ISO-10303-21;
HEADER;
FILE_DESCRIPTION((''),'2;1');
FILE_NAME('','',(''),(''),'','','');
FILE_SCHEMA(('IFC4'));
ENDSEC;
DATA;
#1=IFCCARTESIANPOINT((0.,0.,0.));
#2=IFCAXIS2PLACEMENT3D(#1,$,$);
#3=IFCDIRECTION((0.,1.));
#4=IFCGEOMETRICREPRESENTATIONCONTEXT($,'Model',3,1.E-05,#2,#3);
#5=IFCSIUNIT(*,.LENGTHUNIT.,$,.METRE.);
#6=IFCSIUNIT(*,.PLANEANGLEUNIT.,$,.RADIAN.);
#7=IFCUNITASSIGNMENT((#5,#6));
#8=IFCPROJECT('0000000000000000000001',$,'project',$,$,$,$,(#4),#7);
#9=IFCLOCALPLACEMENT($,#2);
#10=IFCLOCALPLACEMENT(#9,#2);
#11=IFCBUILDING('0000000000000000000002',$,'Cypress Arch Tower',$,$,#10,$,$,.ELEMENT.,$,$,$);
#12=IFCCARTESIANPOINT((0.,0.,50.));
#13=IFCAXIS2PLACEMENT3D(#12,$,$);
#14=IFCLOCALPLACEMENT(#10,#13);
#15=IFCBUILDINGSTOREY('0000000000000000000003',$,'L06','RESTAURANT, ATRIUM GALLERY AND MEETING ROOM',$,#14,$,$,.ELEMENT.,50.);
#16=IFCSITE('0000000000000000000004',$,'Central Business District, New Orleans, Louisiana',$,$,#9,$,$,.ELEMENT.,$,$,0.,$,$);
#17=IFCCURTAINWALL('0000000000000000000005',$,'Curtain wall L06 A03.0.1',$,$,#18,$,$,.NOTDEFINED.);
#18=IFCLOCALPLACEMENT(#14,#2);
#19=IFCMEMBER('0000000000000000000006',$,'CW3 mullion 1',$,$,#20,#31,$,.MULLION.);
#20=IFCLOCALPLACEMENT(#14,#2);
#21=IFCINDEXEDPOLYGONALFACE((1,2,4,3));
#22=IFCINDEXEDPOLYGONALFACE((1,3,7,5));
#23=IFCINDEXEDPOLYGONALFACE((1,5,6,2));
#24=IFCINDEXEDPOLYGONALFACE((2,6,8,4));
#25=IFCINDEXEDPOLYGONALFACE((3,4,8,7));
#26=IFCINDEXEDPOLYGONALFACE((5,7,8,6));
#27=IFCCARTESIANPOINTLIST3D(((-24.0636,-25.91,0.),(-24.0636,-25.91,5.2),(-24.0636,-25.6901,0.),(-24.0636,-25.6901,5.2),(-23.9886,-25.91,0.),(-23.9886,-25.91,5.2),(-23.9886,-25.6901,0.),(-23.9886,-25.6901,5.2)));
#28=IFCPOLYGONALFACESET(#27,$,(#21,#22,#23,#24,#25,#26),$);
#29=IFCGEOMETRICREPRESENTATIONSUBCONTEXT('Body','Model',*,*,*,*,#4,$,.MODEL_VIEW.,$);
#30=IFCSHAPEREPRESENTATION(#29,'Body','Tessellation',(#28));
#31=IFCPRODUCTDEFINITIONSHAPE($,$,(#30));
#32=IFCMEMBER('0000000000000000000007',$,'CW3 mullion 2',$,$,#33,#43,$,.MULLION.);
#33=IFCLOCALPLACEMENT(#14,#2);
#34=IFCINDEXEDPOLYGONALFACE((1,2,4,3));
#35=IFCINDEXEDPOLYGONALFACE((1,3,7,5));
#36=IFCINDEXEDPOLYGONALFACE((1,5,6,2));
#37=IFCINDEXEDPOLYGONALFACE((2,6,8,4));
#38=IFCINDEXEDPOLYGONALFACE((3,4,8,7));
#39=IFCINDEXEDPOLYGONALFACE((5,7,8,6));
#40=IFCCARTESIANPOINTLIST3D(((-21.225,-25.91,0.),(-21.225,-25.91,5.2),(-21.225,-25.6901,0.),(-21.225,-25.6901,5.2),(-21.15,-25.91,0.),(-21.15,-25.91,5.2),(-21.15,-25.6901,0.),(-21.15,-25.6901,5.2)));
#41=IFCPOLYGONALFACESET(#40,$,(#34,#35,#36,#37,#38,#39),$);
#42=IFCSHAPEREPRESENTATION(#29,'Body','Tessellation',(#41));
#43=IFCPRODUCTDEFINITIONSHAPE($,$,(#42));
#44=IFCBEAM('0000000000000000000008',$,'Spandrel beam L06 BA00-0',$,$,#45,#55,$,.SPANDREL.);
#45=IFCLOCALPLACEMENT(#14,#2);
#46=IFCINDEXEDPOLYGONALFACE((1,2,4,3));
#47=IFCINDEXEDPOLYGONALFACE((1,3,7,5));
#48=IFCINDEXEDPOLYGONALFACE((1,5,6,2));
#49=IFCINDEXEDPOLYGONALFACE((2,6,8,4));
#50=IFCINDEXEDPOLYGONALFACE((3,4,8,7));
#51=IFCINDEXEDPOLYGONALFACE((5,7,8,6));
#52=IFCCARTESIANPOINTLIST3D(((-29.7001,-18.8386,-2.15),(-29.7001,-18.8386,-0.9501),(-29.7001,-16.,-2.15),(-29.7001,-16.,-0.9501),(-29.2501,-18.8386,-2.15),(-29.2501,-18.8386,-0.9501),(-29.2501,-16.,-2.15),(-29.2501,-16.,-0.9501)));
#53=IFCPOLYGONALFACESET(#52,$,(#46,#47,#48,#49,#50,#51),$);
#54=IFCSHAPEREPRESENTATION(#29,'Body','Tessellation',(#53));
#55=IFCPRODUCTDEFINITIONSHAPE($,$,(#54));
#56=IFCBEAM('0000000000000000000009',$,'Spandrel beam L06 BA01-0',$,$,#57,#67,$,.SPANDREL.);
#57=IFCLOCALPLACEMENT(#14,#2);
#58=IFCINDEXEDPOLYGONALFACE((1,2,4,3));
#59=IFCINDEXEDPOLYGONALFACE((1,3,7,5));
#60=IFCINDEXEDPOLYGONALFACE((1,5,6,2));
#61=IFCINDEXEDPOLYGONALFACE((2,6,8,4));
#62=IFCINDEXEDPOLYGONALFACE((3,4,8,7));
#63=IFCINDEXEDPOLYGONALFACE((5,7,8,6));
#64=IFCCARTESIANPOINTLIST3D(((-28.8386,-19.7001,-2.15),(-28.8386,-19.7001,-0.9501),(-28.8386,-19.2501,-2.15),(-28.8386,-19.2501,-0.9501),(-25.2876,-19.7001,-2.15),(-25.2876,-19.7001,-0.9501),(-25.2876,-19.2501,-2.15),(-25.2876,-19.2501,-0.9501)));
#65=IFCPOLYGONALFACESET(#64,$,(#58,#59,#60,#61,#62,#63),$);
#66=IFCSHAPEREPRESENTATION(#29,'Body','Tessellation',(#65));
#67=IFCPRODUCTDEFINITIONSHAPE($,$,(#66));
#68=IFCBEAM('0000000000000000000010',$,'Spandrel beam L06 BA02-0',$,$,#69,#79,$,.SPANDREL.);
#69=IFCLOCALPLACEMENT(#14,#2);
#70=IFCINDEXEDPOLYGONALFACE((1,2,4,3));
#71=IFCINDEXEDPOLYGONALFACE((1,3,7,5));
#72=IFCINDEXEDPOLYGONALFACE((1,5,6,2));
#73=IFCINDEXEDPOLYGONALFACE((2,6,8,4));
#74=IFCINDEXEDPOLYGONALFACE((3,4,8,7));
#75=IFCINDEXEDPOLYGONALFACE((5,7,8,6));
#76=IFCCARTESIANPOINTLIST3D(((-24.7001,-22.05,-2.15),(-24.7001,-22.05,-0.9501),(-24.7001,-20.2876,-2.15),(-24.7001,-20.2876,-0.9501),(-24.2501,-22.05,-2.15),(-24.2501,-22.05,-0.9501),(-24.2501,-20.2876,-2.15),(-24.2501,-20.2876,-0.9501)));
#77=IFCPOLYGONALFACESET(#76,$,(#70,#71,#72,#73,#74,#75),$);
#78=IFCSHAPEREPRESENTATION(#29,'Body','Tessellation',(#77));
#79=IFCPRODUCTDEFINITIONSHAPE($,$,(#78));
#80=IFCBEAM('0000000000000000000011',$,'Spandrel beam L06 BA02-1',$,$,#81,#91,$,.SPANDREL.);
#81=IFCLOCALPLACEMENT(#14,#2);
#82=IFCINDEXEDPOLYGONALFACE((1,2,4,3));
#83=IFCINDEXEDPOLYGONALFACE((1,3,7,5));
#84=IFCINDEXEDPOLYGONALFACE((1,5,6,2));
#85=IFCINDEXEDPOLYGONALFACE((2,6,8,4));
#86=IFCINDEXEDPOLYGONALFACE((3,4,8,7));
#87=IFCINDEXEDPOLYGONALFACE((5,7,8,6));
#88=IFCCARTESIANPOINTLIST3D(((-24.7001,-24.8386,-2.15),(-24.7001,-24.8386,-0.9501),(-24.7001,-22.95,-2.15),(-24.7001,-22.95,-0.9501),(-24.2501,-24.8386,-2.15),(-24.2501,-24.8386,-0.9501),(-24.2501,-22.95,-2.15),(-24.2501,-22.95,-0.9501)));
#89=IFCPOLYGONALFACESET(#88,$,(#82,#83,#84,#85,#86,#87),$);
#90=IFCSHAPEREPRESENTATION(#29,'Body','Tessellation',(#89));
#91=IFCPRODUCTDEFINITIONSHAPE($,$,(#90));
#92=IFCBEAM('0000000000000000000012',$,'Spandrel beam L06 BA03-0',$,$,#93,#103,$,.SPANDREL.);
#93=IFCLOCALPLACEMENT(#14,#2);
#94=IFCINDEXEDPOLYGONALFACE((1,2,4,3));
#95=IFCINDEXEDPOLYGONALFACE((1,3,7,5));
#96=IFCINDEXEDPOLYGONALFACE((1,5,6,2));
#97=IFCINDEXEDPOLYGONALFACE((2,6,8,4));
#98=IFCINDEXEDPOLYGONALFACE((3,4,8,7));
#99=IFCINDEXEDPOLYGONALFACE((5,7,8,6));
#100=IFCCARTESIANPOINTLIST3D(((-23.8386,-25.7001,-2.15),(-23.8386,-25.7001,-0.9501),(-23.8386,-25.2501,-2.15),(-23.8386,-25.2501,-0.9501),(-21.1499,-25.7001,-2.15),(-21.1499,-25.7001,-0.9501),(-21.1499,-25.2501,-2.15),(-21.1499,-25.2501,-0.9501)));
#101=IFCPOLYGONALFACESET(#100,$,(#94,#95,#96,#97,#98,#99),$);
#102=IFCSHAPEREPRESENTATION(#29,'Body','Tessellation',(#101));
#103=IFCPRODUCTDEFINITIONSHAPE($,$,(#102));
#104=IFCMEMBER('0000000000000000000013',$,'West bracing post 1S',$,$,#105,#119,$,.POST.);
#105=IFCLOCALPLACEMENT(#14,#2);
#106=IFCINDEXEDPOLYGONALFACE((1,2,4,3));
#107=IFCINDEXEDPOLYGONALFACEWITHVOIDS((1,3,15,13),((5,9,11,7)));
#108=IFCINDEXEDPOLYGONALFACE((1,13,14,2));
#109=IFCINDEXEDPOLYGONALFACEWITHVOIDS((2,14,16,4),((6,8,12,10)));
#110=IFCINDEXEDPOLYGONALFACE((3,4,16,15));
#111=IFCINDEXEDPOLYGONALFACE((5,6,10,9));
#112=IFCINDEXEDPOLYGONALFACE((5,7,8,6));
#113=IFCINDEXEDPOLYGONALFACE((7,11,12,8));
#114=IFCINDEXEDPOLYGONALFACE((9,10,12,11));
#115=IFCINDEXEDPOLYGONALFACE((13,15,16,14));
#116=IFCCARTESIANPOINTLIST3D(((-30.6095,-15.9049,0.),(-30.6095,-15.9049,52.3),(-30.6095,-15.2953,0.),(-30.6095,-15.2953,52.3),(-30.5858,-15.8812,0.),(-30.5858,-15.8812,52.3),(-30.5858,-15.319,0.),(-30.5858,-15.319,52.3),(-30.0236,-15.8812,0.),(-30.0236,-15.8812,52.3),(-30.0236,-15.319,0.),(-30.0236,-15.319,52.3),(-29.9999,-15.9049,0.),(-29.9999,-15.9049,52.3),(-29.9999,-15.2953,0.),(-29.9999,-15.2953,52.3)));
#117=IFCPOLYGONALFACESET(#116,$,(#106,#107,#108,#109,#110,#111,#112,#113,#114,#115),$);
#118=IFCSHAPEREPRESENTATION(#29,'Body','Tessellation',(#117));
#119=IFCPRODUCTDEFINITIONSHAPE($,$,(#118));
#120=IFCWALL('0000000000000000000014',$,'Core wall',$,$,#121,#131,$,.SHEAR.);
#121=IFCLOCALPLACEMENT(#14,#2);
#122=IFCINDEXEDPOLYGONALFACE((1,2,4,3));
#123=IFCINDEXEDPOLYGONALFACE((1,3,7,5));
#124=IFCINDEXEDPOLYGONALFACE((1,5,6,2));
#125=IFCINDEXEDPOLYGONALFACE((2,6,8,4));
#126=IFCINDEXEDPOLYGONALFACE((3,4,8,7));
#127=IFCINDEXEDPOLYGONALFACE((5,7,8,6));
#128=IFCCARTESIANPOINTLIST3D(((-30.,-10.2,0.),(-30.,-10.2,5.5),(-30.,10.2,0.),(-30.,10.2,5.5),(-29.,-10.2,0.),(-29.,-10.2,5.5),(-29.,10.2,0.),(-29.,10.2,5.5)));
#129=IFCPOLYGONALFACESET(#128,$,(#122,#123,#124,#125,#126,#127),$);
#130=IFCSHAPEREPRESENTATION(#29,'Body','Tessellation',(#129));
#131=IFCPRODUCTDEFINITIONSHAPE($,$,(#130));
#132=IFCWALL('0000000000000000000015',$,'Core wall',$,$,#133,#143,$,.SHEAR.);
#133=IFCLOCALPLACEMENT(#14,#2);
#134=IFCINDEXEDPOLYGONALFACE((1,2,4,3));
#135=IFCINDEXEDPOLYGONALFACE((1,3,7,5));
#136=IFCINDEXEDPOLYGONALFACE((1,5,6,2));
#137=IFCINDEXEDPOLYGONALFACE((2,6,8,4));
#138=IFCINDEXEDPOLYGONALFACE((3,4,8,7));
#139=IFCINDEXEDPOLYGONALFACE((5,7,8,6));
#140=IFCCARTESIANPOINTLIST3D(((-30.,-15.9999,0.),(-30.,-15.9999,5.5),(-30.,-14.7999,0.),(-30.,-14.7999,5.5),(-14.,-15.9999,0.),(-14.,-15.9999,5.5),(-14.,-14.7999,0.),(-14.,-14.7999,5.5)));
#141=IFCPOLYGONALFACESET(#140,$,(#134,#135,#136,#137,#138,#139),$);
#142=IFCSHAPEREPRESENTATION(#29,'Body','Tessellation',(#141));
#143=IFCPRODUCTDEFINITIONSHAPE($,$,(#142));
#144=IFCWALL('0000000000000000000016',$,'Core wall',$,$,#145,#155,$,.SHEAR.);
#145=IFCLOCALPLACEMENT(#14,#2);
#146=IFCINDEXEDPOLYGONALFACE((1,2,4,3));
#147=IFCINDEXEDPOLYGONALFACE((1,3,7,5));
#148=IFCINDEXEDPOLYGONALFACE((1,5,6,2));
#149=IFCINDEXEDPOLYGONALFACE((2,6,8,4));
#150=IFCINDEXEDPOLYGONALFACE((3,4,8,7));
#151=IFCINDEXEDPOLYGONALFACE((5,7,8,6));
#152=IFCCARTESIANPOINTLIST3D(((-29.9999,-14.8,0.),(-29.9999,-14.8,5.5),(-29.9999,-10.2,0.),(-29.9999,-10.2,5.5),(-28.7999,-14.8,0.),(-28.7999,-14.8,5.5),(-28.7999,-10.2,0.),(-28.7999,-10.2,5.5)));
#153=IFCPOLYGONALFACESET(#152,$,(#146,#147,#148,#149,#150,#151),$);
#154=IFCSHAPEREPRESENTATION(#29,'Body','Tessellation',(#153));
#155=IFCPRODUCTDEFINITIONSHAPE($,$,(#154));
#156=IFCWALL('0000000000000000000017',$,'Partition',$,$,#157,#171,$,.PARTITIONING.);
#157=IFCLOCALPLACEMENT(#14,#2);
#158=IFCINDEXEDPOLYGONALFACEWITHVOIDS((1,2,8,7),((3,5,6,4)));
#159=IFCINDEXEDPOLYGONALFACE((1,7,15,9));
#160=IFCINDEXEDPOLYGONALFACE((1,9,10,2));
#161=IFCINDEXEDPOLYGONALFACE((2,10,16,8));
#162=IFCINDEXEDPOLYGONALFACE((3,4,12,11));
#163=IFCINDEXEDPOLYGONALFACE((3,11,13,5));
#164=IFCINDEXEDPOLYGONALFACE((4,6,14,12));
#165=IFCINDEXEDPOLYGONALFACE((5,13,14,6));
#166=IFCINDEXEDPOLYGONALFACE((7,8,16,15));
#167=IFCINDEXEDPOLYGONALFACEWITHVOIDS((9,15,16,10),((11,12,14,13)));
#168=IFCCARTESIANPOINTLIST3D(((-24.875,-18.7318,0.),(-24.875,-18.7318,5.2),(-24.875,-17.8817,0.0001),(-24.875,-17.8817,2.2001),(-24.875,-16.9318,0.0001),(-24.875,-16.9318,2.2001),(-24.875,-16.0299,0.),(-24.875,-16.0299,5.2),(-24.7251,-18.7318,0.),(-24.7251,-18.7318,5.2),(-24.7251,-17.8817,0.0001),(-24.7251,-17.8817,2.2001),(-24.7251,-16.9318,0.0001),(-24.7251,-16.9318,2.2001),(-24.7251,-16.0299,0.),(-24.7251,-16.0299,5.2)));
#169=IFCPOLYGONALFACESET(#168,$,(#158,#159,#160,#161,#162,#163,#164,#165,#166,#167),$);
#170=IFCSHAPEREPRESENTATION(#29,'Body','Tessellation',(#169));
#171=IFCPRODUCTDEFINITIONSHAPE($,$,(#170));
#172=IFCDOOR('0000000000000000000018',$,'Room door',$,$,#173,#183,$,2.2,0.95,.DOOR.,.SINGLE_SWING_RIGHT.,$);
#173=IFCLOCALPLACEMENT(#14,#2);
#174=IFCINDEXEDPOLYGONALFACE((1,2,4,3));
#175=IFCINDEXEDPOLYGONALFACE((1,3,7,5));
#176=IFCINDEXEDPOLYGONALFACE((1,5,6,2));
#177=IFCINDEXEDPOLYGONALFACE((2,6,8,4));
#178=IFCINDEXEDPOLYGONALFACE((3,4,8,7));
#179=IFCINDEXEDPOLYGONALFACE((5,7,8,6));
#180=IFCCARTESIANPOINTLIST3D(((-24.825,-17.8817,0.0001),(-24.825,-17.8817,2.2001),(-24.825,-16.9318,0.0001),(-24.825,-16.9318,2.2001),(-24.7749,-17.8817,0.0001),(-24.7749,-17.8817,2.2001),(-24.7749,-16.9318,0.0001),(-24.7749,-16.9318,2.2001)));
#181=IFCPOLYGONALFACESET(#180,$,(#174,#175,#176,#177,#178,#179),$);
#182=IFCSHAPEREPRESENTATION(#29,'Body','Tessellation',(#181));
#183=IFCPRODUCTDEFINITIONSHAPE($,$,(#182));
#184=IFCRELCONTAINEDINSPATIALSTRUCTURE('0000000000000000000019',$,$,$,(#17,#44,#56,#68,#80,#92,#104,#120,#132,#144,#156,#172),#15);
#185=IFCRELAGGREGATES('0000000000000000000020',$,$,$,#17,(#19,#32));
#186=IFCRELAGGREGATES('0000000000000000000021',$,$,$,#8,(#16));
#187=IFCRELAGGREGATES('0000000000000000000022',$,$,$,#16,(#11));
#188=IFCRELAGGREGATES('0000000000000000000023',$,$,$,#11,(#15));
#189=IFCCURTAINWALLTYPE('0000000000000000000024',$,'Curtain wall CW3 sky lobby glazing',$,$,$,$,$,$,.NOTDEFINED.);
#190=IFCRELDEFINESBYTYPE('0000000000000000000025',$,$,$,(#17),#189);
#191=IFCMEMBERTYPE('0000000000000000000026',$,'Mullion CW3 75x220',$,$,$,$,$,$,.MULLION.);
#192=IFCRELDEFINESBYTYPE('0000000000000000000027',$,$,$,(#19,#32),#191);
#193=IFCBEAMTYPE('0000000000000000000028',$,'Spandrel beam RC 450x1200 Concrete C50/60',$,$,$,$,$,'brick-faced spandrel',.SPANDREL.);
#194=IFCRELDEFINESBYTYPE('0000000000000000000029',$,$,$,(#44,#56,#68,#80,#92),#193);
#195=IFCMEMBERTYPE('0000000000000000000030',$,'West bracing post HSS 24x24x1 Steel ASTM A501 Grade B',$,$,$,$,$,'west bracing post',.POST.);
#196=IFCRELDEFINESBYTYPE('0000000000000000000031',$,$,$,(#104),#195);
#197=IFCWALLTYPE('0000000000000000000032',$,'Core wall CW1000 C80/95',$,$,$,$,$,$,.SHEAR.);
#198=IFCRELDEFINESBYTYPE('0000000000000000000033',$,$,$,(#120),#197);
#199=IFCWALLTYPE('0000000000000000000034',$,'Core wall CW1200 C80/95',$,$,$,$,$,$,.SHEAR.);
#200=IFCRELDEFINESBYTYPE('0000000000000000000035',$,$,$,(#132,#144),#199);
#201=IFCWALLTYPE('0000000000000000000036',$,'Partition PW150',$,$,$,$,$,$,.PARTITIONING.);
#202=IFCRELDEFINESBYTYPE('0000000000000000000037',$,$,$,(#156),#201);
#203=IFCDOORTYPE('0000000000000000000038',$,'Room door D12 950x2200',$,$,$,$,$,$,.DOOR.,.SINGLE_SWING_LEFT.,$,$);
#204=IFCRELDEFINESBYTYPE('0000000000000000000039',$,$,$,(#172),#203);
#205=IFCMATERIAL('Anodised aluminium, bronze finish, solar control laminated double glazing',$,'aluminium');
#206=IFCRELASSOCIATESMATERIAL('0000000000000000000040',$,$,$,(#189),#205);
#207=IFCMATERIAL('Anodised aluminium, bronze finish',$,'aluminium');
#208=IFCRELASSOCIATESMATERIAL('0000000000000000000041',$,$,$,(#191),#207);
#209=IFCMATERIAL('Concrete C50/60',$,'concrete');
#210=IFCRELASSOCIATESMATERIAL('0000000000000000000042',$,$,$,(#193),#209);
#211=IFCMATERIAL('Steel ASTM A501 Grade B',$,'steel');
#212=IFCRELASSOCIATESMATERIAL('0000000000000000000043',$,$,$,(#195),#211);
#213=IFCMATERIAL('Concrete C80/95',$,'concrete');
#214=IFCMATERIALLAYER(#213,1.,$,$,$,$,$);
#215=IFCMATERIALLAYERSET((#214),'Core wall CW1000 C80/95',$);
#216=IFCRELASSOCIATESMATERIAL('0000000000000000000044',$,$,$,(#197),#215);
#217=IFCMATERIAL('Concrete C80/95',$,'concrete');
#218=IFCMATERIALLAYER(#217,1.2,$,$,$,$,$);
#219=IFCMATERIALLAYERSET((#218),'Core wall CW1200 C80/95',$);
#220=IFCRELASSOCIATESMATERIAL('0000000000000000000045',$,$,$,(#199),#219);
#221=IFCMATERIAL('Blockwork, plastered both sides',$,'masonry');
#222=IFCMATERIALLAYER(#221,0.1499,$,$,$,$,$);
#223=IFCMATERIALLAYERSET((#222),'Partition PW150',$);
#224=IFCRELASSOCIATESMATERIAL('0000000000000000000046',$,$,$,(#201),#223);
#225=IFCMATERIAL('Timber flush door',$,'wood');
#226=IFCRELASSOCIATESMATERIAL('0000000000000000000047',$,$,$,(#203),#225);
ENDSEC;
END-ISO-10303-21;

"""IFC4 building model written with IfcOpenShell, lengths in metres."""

from ifc_helpers import new_model, si_unit, direction, frame, frame_2d, origin, origin_2d, place, context, subcontext, project, spatial, rectangle, hollow_rectangle, extrude, material, layer, layer_set, material_profile, profile_set, type_object, element, fill, aggregate, save


model = new_model("IFC4")

# Units and contexts
model_context = context("Model", 3, precision=1e-05, world=origin(), true_north=direction((0.0, 1.0)))
body_context = subcontext(model_context, "Body", "Model", "MODEL_VIEW")
ifc_project = project(units=[si_unit("LENGTHUNIT", "METRE"), si_unit("PLANEANGLEUNIT", "RADIAN")], contexts=[model_context])

# Site, building, storey
site_placement = place(None, origin())
site = spatial("IfcSite", under=ifc_project, at=site_placement, Name="Central Business District, New Orleans, Louisiana", CompositionType="ELEMENT", RefElevation=0.0)
building_placement = place(site_placement, origin())
building = spatial("IfcBuilding", under=site, at=building_placement, Name="Cypress Arch Tower", CompositionType="ELEMENT")
storey_placement = place(building_placement, frame((0.0, 0.0, 50.0)))
storey = spatial("IfcBuildingStorey", under=building, at=storey_placement, Name="L06", Description="RESTAURANT, ATRIUM GALLERY AND MEETING ROOM", CompositionType="ELEMENT", Elevation=50.0)

# Curtain wall, members
ifc_material_1 = material(Name="Anodised aluminium, bronze finish, solar control laminated double glazing", Category="aluminium")
curtain_wall_type = type_object("IfcCurtainWallType", Name="Curtain wall CW3 sky lobby glazing", PredefinedType="NOTDEFINED", material=ifc_material_1)
ifc_material_2 = material(Name="Anodised aluminium, bronze finish", Category="aluminium")
ifc_material_profile_1 = material_profile(ifc_material_2, rectangle(XDim=0.22, YDim=0.075, at=origin_2d()), Name="Mullion 75x220")
ifc_profile_set_1 = profile_set([ifc_material_profile_1], Name="Anodised aluminium, bronze finish")
member_type_1 = type_object("IfcMemberType", Name="Mullion CW3 75x220", PredefinedType="MULLION", material=ifc_profile_set_1)
curtain_wall_1_placement = place(storey_placement, origin())
curtain_wall_1 = element("IfcCurtainWall", 1, at=curtain_wall_1_placement, inside=storey, type_object=curtain_wall_type, Name="Curtain wall L06 A03.0.1", PredefinedType="NOTDEFINED")
member_1_placement = place(storey_placement, frame((-24.0261, -25.8, 0.0), z_axis=(0.0, 0.0, 1.0), x_axis=(0.0, 1.0, 0.0)))
member_1 = element("IfcMember", 2, at=member_1_placement, type_object=member_type_1, Name="CW3 mullion 1", PredefinedType="MULLION", context=body_context, shape_type="SweptSolid", body=[
    extrude(rectangle(XDim=0.22, YDim=0.075, at=origin_2d()), origin(), (0.0, 0.0, 1.0), 5.2),
])
member_2_placement = place(storey_placement, frame((-21.1875, -25.8, 0.0), z_axis=(0.0, 0.0, 1.0), x_axis=(0.0, 1.0, 0.0)))
member_2 = element("IfcMember", 3, at=member_2_placement, type_object=member_type_1, Name="CW3 mullion 2", PredefinedType="MULLION", context=body_context, shape_type="SweptSolid", body=[
    extrude(rectangle(XDim=0.22, YDim=0.075, at=origin_2d()), origin(), (0.0, 0.0, 1.0), 5.2),
])
aggregate(curtain_wall_1, [member_1, member_2])

# Beams
ifc_material_3 = material(Name="Concrete C50/60", Category="concrete")
ifc_material_profile_2 = material_profile(ifc_material_3, rectangle(XDim=0.45, YDim=1.2, at=origin_2d()), Name="RC 450x1200")
ifc_profile_set_2 = profile_set([ifc_material_profile_2], Name="Concrete C50/60")
beam_type_1 = type_object("IfcBeamType", Name="Spandrel beam RC 450x1200 Concrete C50/60", ElementType="brick-faced spandrel", PredefinedType="SPANDREL", material=ifc_profile_set_2)
beam_1_placement = place(storey_placement, frame((-29.4751, -16.0, -1.55), z_axis=(0.0, -1.0, 0.0), x_axis=(1.0, 0.0, 0.0)))
element("IfcBeam", 4, at=beam_1_placement, inside=storey, type_object=beam_type_1, Name="Spandrel beam L06 BA00-0", PredefinedType="SPANDREL", context=body_context, shape_type="SweptSolid", body=[
    extrude(rectangle(XDim=0.45, YDim=1.2, at=origin_2d()), origin(), (0.0, 0.0, 1.0), 2.8386),
])
beam_2_placement = place(storey_placement, frame((-28.8386, -19.4751, -1.55), z_axis=(1.0, 0.0, 0.0), x_axis=(0.0, 1.0, 0.0)))
element("IfcBeam", 5, at=beam_2_placement, inside=storey, type_object=beam_type_1, Name="Spandrel beam L06 BA01-0", PredefinedType="SPANDREL", context=body_context, shape_type="SweptSolid", body=[
    extrude(rectangle(XDim=0.45, YDim=1.2, at=origin_2d()), origin(), (0.0, 0.0, 1.0), 3.551),
])
beam_3_placement = place(storey_placement, frame((-24.4751, -20.2876, -1.55), z_axis=(0.0, -1.0, 0.0), x_axis=(1.0, 0.0, 0.0)))
element("IfcBeam", 6, at=beam_3_placement, inside=storey, type_object=beam_type_1, Name="Spandrel beam L06 BA02-0", PredefinedType="SPANDREL", context=body_context, shape_type="SweptSolid", body=[
    extrude(rectangle(XDim=0.45, YDim=1.2, at=origin_2d()), origin(), (0.0, 0.0, 1.0), 1.7625),
])
beam_4_placement = place(storey_placement, frame((-24.4751, -22.95, -1.55), z_axis=(0.0, -1.0, 0.0), x_axis=(1.0, 0.0, 0.0)))
element("IfcBeam", 7, at=beam_4_placement, inside=storey, type_object=beam_type_1, Name="Spandrel beam L06 BA02-1", PredefinedType="SPANDREL", context=body_context, shape_type="SweptSolid", body=[
    extrude(rectangle(XDim=0.45, YDim=1.2, at=origin_2d()), origin(), (0.0, 0.0, 1.0), 1.8887),
])
beam_5_placement = place(storey_placement, frame((-23.8386, -25.4751, -1.55), z_axis=(1.0, 0.0, 0.0), x_axis=(0.0, 1.0, 0.0)))
element("IfcBeam", 8, at=beam_5_placement, inside=storey, type_object=beam_type_1, Name="Spandrel beam L06 BA03-0", PredefinedType="SPANDREL", context=body_context, shape_type="SweptSolid", body=[
    extrude(rectangle(XDim=0.45, YDim=1.2, at=origin_2d()), origin(), (0.0, 0.0, 1.0), 2.6887),
])

# Member
ifc_material_4 = material(Name="Steel ASTM A501 Grade B", Category="steel")
ifc_material_profile_3 = material_profile(ifc_material_4, hollow_rectangle(XDim=0.6096, YDim=0.6096, WallThickness=0.0237, at=origin_2d()), Name="HSS 24x24x1")
ifc_profile_set_3 = profile_set([ifc_material_profile_3], Name="Steel ASTM A501 Grade B")
member_type_2 = type_object("IfcMemberType", Name="West bracing post HSS 24x24x1 Steel ASTM A501 Grade B", ElementType="west bracing post", PredefinedType="POST", material=ifc_profile_set_3)
member_3_placement = place(storey_placement, frame((-30.3047, -15.6001, 0.0), z_axis=(0.0, 0.0, 1.0), x_axis=(1.0, 0.0, 0.0)))
element("IfcMember", 9, at=member_3_placement, inside=storey, type_object=member_type_2, Name="West bracing post 1S", PredefinedType="POST", context=body_context, shape_type="SweptSolid", body=[
    extrude(hollow_rectangle(XDim=0.6096, YDim=0.6096, WallThickness=0.0237, at=origin_2d()), origin(), (0.0, 0.0, 1.0), 52.3),
])

# Walls
ifc_material_5 = material(Name="Concrete C80/95", Category="concrete")
ifc_layer_1 = layer(ifc_material_5, 1.0)
ifc_layer_set_1 = layer_set([ifc_layer_1], Name="Core wall CW1000 C80/95")
wall_type_1 = type_object("IfcWallType", Name="Core wall CW1000 C80/95", PredefinedType="SHEAR", material=ifc_layer_set_1)
wall_1_placement = place(storey_placement, frame((-29.5, -10.2, 0.0), z_axis=(0.0, 0.0, 1.0), x_axis=(0.0, 1.0, 0.0)))
element("IfcWall", 10, at=wall_1_placement, inside=storey, type_object=wall_type_1, Name="Core wall", PredefinedType="SHEAR", context=body_context, shape_type="SweptSolid", body=[
    extrude(rectangle(XDim=20.3999, YDim=1.0, at=frame_2d((10.2, 0.0))), origin(), (0.0, 0.0, 1.0), 5.5),
])
ifc_material_6 = material(Name="Concrete C80/95", Category="concrete")
ifc_layer_2 = layer(ifc_material_6, 1.2)
ifc_layer_set_2 = layer_set([ifc_layer_2], Name="Core wall CW1200 C80/95")
wall_type_2 = type_object("IfcWallType", Name="Core wall CW1200 C80/95", PredefinedType="SHEAR", material=ifc_layer_set_2)
wall_2_placement = place(storey_placement, frame((-30.0, -15.3999, 0.0), z_axis=(0.0, 0.0, 1.0), x_axis=(1.0, 0.0, 0.0)))
element("IfcWall", 11, at=wall_2_placement, inside=storey, type_object=wall_type_2, Name="Core wall", PredefinedType="SHEAR", context=body_context, shape_type="SweptSolid", body=[
    extrude(rectangle(XDim=16.0, YDim=1.2, at=frame_2d((8.0, 0.0))), origin(), (0.0, 0.0, 1.0), 5.5),
])
wall_3_placement = place(storey_placement, frame((-29.3999, -14.8, 0.0), z_axis=(0.0, 0.0, 1.0), x_axis=(0.0, 1.0, 0.0)))
element("IfcWall", 12, at=wall_3_placement, inside=storey, type_object=wall_type_2, Name="Core wall", PredefinedType="SHEAR", context=body_context, shape_type="SweptSolid", body=[
    extrude(rectangle(XDim=4.6001, YDim=1.2, at=frame_2d((2.3, 0.0))), origin(), (0.0, 0.0, 1.0), 5.5),
])

# Wall, opening, door
ifc_material_7 = material(Name="Blockwork, plastered both sides", Category="masonry")
ifc_layer_3 = layer(ifc_material_7, 0.1499)
ifc_layer_set_3 = layer_set([ifc_layer_3], Name="Partition PW150")
wall_type_3 = type_object("IfcWallType", Name="Partition PW150", PredefinedType="PARTITIONING", material=ifc_layer_set_3)
wall_4_placement = place(storey_placement, frame((-24.8, -18.7319, 0.0), z_axis=(0.0, 0.0, 1.0), x_axis=(0.0, 1.0, 0.0)))
wall_4 = element("IfcWall", 13, at=wall_4_placement, inside=storey, type_object=wall_type_3, Name="Partition", PredefinedType="PARTITIONING", context=body_context, shape_type="SweptSolid", body=[
    extrude(rectangle(XDim=2.7019, YDim=0.1499, at=frame_2d((1.3511, 0.0))), origin(), (0.0, 0.0, 1.0), 5.2),
])
opening_1_placement = place(wall_4_placement, frame((0.8501, 0.0, 0.0)))
opening_1 = element("IfcOpeningElement", 14, at=opening_1_placement, cuts=wall_4, PredefinedType="OPENING", context=body_context, shape_type="SweptSolid", body=[
    extrude(rectangle(XDim=0.95, YDim=2.2, at=frame_2d((0.4751, 1.1001))), frame((0.0, 0.085, 0.0), z_axis=(0.0, -1.0, 0.0), x_axis=(1.0, 0.0, 0.0)), (0.0, 0.0, 1.0), 0.1699),
])
ifc_material_8 = material(Name="Timber flush door", Category="wood")
door_type_1 = type_object("IfcDoorType", Name="Room door D12 950x2200", OperationType="SINGLE_SWING_LEFT", PredefinedType="DOOR", material=ifc_material_8)
door_1_placement = place(opening_1_placement, origin())
door_1 = element("IfcDoor", 15, at=door_1_placement, inside=storey, type_object=door_type_1, Name="Room door", OperationType="SINGLE_SWING_RIGHT", OverallHeight=2.2, OverallWidth=0.95, PredefinedType="DOOR", context=body_context, shape_type="SweptSolid", body=[
    extrude(rectangle(XDim=0.95, YDim=2.2, at=frame_2d((0.4751, 1.1001))), frame((0.0, 0.0249, 0.0), z_axis=(0.0, -1.0, 0.0), x_axis=(1.0, 0.0, 0.0)), (0.0, 0.0, 1.0), 0.05),
])
fill(opening_1, door_1)

save(model, "model.ifc")
